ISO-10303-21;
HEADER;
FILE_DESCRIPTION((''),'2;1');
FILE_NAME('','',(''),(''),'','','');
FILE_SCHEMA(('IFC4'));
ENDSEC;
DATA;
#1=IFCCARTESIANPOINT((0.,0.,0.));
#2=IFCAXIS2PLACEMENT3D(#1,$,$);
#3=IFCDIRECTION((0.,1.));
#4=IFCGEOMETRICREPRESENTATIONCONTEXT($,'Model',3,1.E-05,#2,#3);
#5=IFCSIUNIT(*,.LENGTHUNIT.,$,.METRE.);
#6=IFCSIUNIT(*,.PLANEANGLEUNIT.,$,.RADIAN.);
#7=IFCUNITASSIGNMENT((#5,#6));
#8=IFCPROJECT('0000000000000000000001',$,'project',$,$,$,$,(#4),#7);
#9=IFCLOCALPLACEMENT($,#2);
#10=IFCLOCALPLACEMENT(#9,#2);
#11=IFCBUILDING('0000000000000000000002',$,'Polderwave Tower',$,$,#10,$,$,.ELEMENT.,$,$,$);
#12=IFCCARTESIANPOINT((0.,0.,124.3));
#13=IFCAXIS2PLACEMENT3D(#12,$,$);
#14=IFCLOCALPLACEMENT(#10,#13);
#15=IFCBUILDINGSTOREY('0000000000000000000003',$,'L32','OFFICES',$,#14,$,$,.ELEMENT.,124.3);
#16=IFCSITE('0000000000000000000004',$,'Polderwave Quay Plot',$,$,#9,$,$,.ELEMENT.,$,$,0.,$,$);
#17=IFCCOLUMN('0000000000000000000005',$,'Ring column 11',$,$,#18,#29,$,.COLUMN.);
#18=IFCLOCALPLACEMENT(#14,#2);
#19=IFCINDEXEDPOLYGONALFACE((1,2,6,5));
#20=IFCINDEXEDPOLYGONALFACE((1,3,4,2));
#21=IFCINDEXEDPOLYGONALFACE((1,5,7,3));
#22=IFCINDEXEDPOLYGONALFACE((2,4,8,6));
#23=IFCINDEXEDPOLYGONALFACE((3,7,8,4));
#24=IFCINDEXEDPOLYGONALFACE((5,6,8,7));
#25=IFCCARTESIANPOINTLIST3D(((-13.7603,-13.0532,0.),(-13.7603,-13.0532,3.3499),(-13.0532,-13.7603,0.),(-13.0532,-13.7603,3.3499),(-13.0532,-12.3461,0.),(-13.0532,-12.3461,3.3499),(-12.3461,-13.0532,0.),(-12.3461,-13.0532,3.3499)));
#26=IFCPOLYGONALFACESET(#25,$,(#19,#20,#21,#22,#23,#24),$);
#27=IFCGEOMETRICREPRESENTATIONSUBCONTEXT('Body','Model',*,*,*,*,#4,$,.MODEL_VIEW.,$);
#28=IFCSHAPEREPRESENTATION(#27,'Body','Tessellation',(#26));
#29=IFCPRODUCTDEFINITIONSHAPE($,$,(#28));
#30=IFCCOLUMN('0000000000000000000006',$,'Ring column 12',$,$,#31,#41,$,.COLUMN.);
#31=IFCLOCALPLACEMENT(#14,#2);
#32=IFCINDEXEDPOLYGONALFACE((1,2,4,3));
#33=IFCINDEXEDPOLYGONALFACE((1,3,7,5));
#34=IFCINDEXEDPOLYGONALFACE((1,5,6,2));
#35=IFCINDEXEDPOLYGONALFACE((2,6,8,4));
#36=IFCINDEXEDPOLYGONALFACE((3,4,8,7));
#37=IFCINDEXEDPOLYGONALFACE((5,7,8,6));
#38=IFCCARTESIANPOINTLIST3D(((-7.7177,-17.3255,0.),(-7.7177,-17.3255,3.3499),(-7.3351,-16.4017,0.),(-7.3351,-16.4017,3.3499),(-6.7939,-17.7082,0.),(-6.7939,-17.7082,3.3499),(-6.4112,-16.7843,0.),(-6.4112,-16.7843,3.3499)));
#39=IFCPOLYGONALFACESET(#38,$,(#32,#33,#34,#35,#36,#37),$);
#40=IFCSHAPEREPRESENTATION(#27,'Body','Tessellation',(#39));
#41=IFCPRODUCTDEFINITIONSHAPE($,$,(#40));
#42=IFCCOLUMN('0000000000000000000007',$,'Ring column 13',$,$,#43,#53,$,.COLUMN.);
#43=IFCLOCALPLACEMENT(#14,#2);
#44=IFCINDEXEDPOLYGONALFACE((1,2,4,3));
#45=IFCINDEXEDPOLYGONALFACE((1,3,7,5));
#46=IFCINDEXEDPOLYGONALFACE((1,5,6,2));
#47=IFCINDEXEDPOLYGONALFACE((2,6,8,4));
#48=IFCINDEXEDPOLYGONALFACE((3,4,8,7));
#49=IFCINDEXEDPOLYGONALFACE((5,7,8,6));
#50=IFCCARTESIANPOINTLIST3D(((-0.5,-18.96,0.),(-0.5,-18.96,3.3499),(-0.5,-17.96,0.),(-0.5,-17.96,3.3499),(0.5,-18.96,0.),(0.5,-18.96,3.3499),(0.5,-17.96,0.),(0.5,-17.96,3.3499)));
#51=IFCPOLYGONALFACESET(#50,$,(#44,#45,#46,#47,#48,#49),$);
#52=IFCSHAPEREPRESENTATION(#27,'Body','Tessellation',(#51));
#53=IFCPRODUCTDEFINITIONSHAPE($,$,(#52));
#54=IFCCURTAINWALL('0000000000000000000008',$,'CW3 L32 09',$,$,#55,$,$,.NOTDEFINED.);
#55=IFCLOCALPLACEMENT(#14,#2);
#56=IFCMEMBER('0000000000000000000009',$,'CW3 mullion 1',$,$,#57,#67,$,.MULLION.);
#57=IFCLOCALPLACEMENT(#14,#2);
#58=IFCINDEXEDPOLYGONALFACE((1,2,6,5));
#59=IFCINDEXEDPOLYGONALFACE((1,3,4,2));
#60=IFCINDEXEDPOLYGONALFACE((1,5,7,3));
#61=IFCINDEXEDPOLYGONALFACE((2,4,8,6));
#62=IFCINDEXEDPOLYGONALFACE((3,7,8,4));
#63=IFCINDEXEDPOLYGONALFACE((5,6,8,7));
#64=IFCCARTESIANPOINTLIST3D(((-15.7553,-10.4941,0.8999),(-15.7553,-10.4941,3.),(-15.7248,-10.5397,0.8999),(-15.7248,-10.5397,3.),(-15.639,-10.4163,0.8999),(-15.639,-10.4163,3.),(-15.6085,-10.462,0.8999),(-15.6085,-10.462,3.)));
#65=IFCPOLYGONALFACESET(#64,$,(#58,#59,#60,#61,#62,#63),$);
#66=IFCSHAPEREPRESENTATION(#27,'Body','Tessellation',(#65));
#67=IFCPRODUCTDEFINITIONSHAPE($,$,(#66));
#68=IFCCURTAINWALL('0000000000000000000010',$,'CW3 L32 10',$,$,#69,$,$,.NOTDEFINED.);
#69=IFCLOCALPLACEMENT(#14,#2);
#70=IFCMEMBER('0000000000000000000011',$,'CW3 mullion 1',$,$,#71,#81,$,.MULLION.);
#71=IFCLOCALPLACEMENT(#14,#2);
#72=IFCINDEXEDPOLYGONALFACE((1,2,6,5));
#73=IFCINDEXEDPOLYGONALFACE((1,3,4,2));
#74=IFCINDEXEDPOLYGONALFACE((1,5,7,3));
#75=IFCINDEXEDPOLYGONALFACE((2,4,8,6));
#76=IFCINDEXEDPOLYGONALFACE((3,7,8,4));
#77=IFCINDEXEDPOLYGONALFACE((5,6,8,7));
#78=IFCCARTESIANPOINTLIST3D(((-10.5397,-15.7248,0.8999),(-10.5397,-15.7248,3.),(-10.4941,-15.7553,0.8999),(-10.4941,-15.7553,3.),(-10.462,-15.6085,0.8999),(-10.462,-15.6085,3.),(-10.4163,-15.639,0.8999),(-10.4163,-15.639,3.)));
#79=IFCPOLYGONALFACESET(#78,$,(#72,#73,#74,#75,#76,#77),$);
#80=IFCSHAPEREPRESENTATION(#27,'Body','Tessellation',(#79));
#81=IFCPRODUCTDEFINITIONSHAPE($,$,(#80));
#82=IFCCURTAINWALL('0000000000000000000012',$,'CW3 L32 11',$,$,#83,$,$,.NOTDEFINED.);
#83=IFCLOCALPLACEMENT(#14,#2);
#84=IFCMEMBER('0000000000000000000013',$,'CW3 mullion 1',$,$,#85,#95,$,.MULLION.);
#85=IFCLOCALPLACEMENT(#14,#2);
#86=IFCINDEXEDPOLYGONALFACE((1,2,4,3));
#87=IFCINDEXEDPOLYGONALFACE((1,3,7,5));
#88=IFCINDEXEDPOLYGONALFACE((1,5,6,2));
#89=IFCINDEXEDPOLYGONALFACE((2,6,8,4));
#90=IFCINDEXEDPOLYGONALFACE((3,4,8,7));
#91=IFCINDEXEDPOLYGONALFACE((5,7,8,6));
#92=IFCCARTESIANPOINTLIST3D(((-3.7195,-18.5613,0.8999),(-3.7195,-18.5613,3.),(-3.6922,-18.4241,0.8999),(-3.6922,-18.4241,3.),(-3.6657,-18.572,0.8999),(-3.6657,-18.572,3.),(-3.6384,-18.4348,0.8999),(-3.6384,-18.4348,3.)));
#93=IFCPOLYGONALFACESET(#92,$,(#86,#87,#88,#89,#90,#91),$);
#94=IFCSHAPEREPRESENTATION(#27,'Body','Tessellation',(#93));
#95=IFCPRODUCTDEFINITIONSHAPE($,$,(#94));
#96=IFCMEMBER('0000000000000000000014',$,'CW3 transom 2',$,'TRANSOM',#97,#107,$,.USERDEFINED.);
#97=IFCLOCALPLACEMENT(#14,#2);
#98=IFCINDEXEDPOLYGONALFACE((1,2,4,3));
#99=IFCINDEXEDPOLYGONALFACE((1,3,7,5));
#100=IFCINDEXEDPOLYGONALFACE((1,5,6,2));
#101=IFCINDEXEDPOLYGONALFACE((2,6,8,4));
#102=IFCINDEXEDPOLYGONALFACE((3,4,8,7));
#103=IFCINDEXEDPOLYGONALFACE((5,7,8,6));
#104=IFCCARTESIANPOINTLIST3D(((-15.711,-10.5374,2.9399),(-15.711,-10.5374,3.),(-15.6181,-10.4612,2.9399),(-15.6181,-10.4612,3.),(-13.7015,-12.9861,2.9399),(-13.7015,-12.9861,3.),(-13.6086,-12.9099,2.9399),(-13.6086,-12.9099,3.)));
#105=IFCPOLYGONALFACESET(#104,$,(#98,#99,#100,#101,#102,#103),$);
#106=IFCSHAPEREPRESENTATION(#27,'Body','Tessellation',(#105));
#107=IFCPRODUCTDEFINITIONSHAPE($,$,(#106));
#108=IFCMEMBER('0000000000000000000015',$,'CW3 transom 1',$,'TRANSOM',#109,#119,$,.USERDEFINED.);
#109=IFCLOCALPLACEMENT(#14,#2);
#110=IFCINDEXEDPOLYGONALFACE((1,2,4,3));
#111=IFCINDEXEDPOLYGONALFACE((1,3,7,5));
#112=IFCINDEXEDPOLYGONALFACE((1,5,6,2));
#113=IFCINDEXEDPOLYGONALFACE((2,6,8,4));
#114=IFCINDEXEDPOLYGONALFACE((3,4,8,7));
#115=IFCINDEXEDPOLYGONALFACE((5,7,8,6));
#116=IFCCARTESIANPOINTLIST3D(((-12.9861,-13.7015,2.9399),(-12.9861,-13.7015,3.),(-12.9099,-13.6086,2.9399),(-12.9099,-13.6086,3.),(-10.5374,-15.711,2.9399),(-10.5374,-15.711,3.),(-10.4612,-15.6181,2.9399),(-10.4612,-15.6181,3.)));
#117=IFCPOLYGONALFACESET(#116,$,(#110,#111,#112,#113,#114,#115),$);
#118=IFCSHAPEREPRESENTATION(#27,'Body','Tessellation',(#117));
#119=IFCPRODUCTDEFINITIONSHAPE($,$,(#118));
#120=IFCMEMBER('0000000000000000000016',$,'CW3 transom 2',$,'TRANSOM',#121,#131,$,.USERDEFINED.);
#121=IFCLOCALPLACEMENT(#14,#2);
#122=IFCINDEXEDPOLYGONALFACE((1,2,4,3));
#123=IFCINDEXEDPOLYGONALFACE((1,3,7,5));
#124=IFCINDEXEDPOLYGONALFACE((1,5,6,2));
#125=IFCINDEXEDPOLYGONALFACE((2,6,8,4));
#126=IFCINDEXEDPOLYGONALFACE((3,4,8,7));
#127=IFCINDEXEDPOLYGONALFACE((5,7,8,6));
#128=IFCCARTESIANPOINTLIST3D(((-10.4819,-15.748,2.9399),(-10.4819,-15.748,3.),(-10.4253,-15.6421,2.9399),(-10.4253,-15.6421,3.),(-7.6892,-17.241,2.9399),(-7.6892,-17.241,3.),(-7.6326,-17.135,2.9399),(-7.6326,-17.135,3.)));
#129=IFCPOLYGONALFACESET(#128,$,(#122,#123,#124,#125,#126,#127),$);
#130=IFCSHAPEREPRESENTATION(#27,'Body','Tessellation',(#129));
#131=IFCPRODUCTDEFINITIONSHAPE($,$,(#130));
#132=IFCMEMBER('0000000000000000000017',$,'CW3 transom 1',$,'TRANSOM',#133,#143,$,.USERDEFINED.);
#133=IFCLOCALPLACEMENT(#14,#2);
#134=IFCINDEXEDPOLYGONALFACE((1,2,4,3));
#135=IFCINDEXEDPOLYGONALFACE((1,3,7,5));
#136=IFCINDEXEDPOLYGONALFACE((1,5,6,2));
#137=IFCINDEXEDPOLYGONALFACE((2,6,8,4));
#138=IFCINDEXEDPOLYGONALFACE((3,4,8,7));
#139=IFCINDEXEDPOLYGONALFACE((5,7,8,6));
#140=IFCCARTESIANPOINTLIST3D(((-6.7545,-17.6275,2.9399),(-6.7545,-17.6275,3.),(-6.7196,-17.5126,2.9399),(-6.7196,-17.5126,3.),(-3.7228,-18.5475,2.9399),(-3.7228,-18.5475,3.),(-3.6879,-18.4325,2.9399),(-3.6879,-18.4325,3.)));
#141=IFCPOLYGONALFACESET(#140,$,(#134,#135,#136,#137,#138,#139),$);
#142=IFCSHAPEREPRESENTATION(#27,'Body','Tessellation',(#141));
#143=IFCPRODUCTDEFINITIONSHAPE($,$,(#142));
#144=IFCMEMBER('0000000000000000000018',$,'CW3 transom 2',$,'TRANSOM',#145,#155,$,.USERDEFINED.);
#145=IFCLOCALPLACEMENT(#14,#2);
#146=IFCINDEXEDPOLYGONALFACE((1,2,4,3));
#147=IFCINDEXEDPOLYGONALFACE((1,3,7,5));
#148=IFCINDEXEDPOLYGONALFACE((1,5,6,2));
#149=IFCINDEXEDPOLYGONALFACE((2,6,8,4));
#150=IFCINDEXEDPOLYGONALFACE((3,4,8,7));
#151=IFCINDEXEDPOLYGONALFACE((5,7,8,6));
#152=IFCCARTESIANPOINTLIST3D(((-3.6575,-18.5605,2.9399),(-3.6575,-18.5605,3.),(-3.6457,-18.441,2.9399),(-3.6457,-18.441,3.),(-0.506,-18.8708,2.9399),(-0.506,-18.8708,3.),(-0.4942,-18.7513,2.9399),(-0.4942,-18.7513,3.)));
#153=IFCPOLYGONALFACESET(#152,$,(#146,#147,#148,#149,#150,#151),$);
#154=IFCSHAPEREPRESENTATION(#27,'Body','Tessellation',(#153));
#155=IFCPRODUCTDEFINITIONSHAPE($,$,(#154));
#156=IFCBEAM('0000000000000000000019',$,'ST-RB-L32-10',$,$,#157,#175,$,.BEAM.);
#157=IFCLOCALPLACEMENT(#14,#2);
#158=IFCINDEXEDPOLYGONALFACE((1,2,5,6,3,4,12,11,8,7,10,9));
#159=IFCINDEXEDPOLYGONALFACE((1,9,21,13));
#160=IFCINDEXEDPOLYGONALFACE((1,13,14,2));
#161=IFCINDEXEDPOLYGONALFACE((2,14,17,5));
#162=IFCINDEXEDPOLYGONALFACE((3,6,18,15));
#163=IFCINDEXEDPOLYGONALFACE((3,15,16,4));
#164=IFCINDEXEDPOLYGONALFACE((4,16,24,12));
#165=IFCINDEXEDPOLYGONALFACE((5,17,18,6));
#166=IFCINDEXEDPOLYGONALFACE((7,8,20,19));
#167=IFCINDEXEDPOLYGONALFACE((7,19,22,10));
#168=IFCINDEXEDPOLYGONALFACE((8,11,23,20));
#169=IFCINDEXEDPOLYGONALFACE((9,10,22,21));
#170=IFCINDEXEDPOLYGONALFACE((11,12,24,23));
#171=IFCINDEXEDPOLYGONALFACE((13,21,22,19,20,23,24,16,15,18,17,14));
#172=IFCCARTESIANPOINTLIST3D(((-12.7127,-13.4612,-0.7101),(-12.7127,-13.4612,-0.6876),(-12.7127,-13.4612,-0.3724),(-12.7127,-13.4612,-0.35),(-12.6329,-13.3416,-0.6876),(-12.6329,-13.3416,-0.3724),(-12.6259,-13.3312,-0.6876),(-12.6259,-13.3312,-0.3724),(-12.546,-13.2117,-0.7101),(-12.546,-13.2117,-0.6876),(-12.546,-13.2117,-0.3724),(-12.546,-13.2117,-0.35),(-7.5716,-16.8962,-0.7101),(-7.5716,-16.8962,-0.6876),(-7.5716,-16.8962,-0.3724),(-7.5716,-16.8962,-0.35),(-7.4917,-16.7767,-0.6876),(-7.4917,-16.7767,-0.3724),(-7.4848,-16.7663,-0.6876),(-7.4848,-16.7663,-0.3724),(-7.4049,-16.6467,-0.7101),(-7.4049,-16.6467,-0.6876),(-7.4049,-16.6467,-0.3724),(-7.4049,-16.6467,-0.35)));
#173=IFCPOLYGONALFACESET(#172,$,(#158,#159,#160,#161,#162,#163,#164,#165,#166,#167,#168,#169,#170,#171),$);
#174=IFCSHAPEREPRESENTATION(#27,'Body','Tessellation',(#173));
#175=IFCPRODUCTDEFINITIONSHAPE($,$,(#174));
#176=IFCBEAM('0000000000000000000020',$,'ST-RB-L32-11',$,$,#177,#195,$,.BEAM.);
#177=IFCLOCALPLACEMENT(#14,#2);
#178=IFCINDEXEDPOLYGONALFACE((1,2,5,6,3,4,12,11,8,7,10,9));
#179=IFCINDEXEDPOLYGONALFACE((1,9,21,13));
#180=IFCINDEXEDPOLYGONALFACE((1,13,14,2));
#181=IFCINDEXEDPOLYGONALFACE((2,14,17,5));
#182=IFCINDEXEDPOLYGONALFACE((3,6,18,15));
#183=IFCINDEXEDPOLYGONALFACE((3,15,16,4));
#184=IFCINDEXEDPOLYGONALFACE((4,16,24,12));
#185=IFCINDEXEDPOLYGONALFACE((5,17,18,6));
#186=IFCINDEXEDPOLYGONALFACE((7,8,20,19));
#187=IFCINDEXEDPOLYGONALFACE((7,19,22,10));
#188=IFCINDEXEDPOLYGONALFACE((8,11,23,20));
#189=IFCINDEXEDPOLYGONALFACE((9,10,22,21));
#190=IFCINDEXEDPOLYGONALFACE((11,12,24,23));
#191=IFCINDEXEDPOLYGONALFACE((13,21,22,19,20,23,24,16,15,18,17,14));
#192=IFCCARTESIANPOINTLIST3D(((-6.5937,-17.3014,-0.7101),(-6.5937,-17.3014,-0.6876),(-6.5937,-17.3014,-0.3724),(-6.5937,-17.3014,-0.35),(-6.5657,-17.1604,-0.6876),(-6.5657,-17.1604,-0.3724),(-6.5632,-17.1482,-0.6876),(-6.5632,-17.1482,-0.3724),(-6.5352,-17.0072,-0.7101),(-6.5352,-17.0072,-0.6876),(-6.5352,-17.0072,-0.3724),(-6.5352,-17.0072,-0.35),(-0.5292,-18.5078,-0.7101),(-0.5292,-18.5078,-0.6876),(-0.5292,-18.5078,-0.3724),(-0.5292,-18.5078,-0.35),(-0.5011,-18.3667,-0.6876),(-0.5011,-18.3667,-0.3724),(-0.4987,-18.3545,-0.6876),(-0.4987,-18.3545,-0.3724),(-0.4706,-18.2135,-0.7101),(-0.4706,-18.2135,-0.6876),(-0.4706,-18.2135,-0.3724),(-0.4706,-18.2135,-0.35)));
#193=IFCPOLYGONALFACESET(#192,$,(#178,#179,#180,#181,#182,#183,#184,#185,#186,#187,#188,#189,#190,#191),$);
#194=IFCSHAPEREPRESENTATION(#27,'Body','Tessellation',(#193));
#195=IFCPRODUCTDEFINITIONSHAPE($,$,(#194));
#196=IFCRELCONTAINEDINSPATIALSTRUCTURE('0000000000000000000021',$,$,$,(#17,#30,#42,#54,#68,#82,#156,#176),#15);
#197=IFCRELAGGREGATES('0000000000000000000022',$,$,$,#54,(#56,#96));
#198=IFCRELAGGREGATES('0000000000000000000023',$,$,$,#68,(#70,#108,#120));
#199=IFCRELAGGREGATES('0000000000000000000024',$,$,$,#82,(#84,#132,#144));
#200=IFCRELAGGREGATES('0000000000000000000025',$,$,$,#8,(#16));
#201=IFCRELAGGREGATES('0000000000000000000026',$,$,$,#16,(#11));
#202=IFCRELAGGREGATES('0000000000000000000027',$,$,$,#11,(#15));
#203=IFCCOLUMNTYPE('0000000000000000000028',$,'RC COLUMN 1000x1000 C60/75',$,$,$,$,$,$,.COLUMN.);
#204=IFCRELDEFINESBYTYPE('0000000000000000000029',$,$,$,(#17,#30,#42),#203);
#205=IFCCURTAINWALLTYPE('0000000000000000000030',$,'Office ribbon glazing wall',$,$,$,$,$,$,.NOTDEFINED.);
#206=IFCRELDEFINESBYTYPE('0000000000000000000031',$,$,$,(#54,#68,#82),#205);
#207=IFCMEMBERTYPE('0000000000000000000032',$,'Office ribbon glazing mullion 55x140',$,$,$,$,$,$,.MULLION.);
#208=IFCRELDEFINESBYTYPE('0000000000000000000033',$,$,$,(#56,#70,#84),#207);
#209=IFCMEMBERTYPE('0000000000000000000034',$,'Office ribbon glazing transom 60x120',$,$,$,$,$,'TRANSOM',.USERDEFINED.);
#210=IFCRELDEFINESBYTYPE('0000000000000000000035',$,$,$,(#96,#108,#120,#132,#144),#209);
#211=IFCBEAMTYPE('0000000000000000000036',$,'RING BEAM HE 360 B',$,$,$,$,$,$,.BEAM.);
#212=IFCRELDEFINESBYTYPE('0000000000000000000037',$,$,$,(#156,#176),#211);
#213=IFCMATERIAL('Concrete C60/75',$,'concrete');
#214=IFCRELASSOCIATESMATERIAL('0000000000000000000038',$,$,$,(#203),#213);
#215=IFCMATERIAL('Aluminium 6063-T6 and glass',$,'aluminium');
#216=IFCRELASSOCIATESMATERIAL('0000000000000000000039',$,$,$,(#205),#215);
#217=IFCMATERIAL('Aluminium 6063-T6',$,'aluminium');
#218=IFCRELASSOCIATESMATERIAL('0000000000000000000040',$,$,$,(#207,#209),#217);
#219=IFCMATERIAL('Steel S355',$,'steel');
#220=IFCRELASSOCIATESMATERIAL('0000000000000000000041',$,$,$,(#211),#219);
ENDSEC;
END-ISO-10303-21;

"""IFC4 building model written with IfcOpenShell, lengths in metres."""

from ifc_helpers import new_model, si_unit, direction, frame, origin, origin_2d, place, context, subcontext, project, spatial, rectangle, i_section, extrude, material, material_profile, profile_set, type_object, element, aggregate, save


model = new_model("IFC4")

# Units and contexts
model_context = context("Model", 3, precision=1e-05, world=origin(), true_north=direction((0.0, 1.0)))
body_context = subcontext(model_context, "Body", "Model", "MODEL_VIEW")
ifc_project = project(units=[si_unit("LENGTHUNIT", "METRE"), si_unit("PLANEANGLEUNIT", "RADIAN")], contexts=[model_context])

# Site, building, storey
site_placement = place(None, origin())
site = spatial("IfcSite", under=ifc_project, at=site_placement, Name="Polderwave Quay Plot", CompositionType="ELEMENT", RefElevation=0.0)
building_placement = place(site_placement, origin())
building = spatial("IfcBuilding", under=site, at=building_placement, Name="Polderwave Tower", CompositionType="ELEMENT")
storey_placement = place(building_placement, frame((0.0, 0.0, 124.3)))
storey = spatial("IfcBuildingStorey", under=building, at=storey_placement, Name="L32", Description="OFFICES", CompositionType="ELEMENT", Elevation=124.3)

# Columns
ifc_material_1 = material(Name="Concrete C60/75", Category="concrete")
ifc_material_profile_1 = material_profile(ifc_material_1, rectangle(XDim=1.0, YDim=1.0, at=origin_2d()), Name="RC 1000x1000")
ifc_profile_set_1 = profile_set([ifc_material_profile_1], Name="Concrete C60/75")
column_type = type_object("IfcColumnType", Name="RC COLUMN 1000x1000 C60/75", PredefinedType="COLUMN", material=ifc_profile_set_1)
for number, where, z_axis, x_axis, name in (
    (1, (-13.0532, -13.0532, 0.0), (0.0, 0.0, 1.0), (-0.707107, -0.707107, 0.0), "Ring column 11"),
    (2, (-7.0645, -17.0549, 0.0), (0.0, 0.0, 1.0), (-0.382683, -0.92388, 0.0), "Ring column 12"),
    (3, (0.0, -18.46, 0.0), (0.0, 0.0, 1.0), (0.0, -1.0, 0.0), "Ring column 13"),
):
    element("IfcColumn", number, at=place(storey_placement, frame(where, z_axis=z_axis, x_axis=x_axis)), inside=storey, type_object=column_type, Name=name, PredefinedType="COLUMN", context=body_context, shape_type="SweptSolid", body=[
        extrude(rectangle(XDim=1.0, YDim=1.0, at=origin_2d()), origin(), (0.0, 0.0, 1.0), 3.3499),
    ])

# Curtain walls, members
ifc_material_2 = material(Name="Aluminium 6063-T6 and glass", Category="aluminium")
curtain_wall_type = type_object("IfcCurtainWallType", Name="Office ribbon glazing wall", PredefinedType="NOTDEFINED", material=ifc_material_2)
curtain_wall_1_placement = place(storey_placement, origin())
curtain_wall_1 = element("IfcCurtainWall", 4, at=curtain_wall_1_placement, inside=storey, type_object=curtain_wall_type, Name="CW3 L32 09", PredefinedType="NOTDEFINED")
ifc_material_3 = material(Name="Aluminium 6063-T6", Category="aluminium")
ifc_material_profile_2 = material_profile(ifc_material_3, rectangle(XDim=0.1399, YDim=0.0549, at=origin_2d()), Name="AL 55x140")
ifc_profile_set_2 = profile_set([ifc_material_profile_2], Name="Aluminium 6063-T6")
member_type_1 = type_object("IfcMemberType", Name="Office ribbon glazing mullion 55x140", PredefinedType="MULLION", material=ifc_profile_set_2)
member_1_placement = place(storey_placement, frame((-15.6819, -10.478, 0.8999), z_axis=(0.0, 0.0, 1.0), x_axis=(0.831453, 0.555595, 0.0)))
member_1 = element("IfcMember", 5, at=member_1_placement, type_object=member_type_1, Name="CW3 mullion 1", PredefinedType="MULLION", context=body_context, shape_type="SweptSolid", body=[
    extrude(rectangle(XDim=0.1399, YDim=0.0549, at=origin_2d()), origin(), (0.0, 0.0, 1.0), 2.1001),
])
curtain_wall_2_placement = place(storey_placement, origin())
curtain_wall_2 = element("IfcCurtainWall", 6, at=curtain_wall_2_placement, inside=storey, type_object=curtain_wall_type, Name="CW3 L32 10", PredefinedType="NOTDEFINED")
member_2_placement = place(storey_placement, frame((-10.478, -15.6819, 0.8999), z_axis=(0.0, 0.0, 1.0), x_axis=(0.555595, 0.831453, 0.0)))
member_2 = element("IfcMember", 7, at=member_2_placement, type_object=member_type_1, Name="CW3 mullion 1", PredefinedType="MULLION", context=body_context, shape_type="SweptSolid", body=[
    extrude(rectangle(XDim=0.1399, YDim=0.0549, at=origin_2d()), origin(), (0.0, 0.0, 1.0), 2.1001),
])
curtain_wall_3_placement = place(storey_placement, origin())
curtain_wall_3 = element("IfcCurtainWall", 8, at=curtain_wall_3_placement, inside=storey, type_object=curtain_wall_type, Name="CW3 L32 11", PredefinedType="NOTDEFINED")
member_3_placement = place(storey_placement, frame((-3.679, -18.498, 0.8999), z_axis=(0.0, 0.0, 1.0), x_axis=(0.195128, 0.980778, 0.0)))
member_3 = element("IfcMember", 9, at=member_3_placement, type_object=member_type_1, Name="CW3 mullion 1", PredefinedType="MULLION", context=body_context, shape_type="SweptSolid", body=[
    extrude(rectangle(XDim=0.1399, YDim=0.0549, at=origin_2d()), origin(), (0.0, 0.0, 1.0), 2.1001),
])

# Members
ifc_material_profile_3 = material_profile(ifc_material_3, rectangle(XDim=0.1201, YDim=0.0601, at=origin_2d()), Name="AL 60x120")
ifc_profile_set_3 = profile_set([ifc_material_profile_3], Name="Aluminium 6063-T6")
member_type_2 = type_object("IfcMemberType", Name="Office ribbon glazing transom 60x120", ElementType="TRANSOM", PredefinedType="USERDEFINED", material=ifc_profile_set_3)
member_4_placement = place(storey_placement, frame((-15.6646, -10.4993, 2.97), z_axis=(0.634374, -0.773026, 0.0), x_axis=(0.773026, 0.634374, 0.0)))
member_4 = element("IfcMember", 10, at=member_4_placement, type_object=member_type_2, Name="CW3 transom 2", ObjectType="TRANSOM", PredefinedType="USERDEFINED", context=body_context, shape_type="SweptSolid", body=[
    extrude(rectangle(XDim=0.1201, YDim=0.0601, at=origin_2d()), origin(), (0.0, 0.0, 1.0), 3.1677),
])
member_5_placement = place(storey_placement, frame((-12.948, -13.655, 2.97), z_axis=(0.773026, -0.634374, 0.0), x_axis=(0.634374, 0.773026, 0.0)))
member_5 = element("IfcMember", 11, at=member_5_placement, type_object=member_type_2, Name="CW3 transom 1", ObjectType="TRANSOM", PredefinedType="USERDEFINED", context=body_context, shape_type="SweptSolid", body=[
    extrude(rectangle(XDim=0.1201, YDim=0.0601, at=origin_2d()), origin(), (0.0, 0.0, 1.0), 3.1677),
])
member_6_placement = place(storey_placement, frame((-10.4536, -15.6951, 2.97), z_axis=(0.881898, -0.47144, 0.0), x_axis=(0.47144, 0.881898, 0.0)))
member_6 = element("IfcMember", 12, at=member_6_placement, type_object=member_type_2, Name="CW3 transom 2", ObjectType="TRANSOM", PredefinedType="USERDEFINED", context=body_context, shape_type="SweptSolid", body=[
    extrude(rectangle(XDim=0.1201, YDim=0.0601, at=origin_2d()), origin(), (0.0, 0.0, 1.0), 3.1667),
])
member_7_placement = place(storey_placement, frame((-6.7371, -17.5701, 2.97), z_axis=(0.956918, -0.290358, 0.0), x_axis=(0.290358, 0.956918, 0.0)))
member_7 = element("IfcMember", 13, at=member_7_placement, type_object=member_type_2, Name="CW3 transom 1", ObjectType="TRANSOM", PredefinedType="USERDEFINED", context=body_context, shape_type="SweptSolid", body=[
    extrude(rectangle(XDim=0.1201, YDim=0.0601, at=origin_2d()), origin(), (0.0, 0.0, 1.0), 3.1682),
])
member_8_placement = place(storey_placement, frame((-3.6516, -18.5007, 2.97), z_axis=(0.995188, -0.097985, 0.0), x_axis=(0.097985, 0.995188, 0.0)))
member_8 = element("IfcMember", 14, at=member_8_placement, type_object=member_type_2, Name="CW3 transom 2", ObjectType="TRANSOM", PredefinedType="USERDEFINED", context=body_context, shape_type="SweptSolid", body=[
    extrude(rectangle(XDim=0.1201, YDim=0.0601, at=origin_2d()), origin(), (0.0, 0.0, 1.0), 3.1667),
])

# Beams
ifc_material_4 = material(Name="Steel S355", Category="steel")
ifc_material_profile_4 = material_profile(ifc_material_4, i_section(OverallWidth=0.3, OverallDepth=0.3601, WebThickness=0.0125, FlangeThickness=0.0225, at=origin_2d()), Name="HE 360 B")
ifc_profile_set_4 = profile_set([ifc_material_profile_4], Name="Steel S355")
beam_type = type_object("IfcBeamType", Name="RING BEAM HE 360 B", PredefinedType="BEAM", material=ifc_profile_set_4)
beam_1_placement = place(storey_placement, frame((-12.6294, -13.3364, -0.53), z_axis=(0.831479, -0.555556, 0.0), x_axis=(0.555556, 0.831479, 0.0)))
element("IfcBeam", 15, at=beam_1_placement, inside=storey, type_object=beam_type, Name="ST-RB-L32-10", PredefinedType="BEAM", context=body_context, shape_type="SweptSolid", body=[
    extrude(i_section(OverallWidth=0.3, OverallDepth=0.3601, WebThickness=0.0125, FlangeThickness=0.0225, at=origin_2d()), origin(), (0.0, 0.0, 1.0), 6.1831),
])
beam_2_placement = place(storey_placement, frame((-6.5645, -17.1543, -0.53), z_axis=(0.980785, -0.195091, 0.0), x_axis=(0.195091, 0.980785, 0.0)))
element("IfcBeam", 16, at=beam_2_placement, inside=storey, type_object=beam_type, Name="ST-RB-L32-11", PredefinedType="BEAM", context=body_context, shape_type="SweptSolid", body=[
    extrude(i_section(OverallWidth=0.3, OverallDepth=0.3601, WebThickness=0.0125, FlangeThickness=0.0225, at=origin_2d()), origin(), (0.0, 0.0, 1.0), 6.1833),
])

aggregate(curtain_wall_1, [member_1, member_4])
aggregate(curtain_wall_2, [member_2, member_5, member_6])
aggregate(curtain_wall_3, [member_3, member_7, member_8])

save(model, "model.ifc")
